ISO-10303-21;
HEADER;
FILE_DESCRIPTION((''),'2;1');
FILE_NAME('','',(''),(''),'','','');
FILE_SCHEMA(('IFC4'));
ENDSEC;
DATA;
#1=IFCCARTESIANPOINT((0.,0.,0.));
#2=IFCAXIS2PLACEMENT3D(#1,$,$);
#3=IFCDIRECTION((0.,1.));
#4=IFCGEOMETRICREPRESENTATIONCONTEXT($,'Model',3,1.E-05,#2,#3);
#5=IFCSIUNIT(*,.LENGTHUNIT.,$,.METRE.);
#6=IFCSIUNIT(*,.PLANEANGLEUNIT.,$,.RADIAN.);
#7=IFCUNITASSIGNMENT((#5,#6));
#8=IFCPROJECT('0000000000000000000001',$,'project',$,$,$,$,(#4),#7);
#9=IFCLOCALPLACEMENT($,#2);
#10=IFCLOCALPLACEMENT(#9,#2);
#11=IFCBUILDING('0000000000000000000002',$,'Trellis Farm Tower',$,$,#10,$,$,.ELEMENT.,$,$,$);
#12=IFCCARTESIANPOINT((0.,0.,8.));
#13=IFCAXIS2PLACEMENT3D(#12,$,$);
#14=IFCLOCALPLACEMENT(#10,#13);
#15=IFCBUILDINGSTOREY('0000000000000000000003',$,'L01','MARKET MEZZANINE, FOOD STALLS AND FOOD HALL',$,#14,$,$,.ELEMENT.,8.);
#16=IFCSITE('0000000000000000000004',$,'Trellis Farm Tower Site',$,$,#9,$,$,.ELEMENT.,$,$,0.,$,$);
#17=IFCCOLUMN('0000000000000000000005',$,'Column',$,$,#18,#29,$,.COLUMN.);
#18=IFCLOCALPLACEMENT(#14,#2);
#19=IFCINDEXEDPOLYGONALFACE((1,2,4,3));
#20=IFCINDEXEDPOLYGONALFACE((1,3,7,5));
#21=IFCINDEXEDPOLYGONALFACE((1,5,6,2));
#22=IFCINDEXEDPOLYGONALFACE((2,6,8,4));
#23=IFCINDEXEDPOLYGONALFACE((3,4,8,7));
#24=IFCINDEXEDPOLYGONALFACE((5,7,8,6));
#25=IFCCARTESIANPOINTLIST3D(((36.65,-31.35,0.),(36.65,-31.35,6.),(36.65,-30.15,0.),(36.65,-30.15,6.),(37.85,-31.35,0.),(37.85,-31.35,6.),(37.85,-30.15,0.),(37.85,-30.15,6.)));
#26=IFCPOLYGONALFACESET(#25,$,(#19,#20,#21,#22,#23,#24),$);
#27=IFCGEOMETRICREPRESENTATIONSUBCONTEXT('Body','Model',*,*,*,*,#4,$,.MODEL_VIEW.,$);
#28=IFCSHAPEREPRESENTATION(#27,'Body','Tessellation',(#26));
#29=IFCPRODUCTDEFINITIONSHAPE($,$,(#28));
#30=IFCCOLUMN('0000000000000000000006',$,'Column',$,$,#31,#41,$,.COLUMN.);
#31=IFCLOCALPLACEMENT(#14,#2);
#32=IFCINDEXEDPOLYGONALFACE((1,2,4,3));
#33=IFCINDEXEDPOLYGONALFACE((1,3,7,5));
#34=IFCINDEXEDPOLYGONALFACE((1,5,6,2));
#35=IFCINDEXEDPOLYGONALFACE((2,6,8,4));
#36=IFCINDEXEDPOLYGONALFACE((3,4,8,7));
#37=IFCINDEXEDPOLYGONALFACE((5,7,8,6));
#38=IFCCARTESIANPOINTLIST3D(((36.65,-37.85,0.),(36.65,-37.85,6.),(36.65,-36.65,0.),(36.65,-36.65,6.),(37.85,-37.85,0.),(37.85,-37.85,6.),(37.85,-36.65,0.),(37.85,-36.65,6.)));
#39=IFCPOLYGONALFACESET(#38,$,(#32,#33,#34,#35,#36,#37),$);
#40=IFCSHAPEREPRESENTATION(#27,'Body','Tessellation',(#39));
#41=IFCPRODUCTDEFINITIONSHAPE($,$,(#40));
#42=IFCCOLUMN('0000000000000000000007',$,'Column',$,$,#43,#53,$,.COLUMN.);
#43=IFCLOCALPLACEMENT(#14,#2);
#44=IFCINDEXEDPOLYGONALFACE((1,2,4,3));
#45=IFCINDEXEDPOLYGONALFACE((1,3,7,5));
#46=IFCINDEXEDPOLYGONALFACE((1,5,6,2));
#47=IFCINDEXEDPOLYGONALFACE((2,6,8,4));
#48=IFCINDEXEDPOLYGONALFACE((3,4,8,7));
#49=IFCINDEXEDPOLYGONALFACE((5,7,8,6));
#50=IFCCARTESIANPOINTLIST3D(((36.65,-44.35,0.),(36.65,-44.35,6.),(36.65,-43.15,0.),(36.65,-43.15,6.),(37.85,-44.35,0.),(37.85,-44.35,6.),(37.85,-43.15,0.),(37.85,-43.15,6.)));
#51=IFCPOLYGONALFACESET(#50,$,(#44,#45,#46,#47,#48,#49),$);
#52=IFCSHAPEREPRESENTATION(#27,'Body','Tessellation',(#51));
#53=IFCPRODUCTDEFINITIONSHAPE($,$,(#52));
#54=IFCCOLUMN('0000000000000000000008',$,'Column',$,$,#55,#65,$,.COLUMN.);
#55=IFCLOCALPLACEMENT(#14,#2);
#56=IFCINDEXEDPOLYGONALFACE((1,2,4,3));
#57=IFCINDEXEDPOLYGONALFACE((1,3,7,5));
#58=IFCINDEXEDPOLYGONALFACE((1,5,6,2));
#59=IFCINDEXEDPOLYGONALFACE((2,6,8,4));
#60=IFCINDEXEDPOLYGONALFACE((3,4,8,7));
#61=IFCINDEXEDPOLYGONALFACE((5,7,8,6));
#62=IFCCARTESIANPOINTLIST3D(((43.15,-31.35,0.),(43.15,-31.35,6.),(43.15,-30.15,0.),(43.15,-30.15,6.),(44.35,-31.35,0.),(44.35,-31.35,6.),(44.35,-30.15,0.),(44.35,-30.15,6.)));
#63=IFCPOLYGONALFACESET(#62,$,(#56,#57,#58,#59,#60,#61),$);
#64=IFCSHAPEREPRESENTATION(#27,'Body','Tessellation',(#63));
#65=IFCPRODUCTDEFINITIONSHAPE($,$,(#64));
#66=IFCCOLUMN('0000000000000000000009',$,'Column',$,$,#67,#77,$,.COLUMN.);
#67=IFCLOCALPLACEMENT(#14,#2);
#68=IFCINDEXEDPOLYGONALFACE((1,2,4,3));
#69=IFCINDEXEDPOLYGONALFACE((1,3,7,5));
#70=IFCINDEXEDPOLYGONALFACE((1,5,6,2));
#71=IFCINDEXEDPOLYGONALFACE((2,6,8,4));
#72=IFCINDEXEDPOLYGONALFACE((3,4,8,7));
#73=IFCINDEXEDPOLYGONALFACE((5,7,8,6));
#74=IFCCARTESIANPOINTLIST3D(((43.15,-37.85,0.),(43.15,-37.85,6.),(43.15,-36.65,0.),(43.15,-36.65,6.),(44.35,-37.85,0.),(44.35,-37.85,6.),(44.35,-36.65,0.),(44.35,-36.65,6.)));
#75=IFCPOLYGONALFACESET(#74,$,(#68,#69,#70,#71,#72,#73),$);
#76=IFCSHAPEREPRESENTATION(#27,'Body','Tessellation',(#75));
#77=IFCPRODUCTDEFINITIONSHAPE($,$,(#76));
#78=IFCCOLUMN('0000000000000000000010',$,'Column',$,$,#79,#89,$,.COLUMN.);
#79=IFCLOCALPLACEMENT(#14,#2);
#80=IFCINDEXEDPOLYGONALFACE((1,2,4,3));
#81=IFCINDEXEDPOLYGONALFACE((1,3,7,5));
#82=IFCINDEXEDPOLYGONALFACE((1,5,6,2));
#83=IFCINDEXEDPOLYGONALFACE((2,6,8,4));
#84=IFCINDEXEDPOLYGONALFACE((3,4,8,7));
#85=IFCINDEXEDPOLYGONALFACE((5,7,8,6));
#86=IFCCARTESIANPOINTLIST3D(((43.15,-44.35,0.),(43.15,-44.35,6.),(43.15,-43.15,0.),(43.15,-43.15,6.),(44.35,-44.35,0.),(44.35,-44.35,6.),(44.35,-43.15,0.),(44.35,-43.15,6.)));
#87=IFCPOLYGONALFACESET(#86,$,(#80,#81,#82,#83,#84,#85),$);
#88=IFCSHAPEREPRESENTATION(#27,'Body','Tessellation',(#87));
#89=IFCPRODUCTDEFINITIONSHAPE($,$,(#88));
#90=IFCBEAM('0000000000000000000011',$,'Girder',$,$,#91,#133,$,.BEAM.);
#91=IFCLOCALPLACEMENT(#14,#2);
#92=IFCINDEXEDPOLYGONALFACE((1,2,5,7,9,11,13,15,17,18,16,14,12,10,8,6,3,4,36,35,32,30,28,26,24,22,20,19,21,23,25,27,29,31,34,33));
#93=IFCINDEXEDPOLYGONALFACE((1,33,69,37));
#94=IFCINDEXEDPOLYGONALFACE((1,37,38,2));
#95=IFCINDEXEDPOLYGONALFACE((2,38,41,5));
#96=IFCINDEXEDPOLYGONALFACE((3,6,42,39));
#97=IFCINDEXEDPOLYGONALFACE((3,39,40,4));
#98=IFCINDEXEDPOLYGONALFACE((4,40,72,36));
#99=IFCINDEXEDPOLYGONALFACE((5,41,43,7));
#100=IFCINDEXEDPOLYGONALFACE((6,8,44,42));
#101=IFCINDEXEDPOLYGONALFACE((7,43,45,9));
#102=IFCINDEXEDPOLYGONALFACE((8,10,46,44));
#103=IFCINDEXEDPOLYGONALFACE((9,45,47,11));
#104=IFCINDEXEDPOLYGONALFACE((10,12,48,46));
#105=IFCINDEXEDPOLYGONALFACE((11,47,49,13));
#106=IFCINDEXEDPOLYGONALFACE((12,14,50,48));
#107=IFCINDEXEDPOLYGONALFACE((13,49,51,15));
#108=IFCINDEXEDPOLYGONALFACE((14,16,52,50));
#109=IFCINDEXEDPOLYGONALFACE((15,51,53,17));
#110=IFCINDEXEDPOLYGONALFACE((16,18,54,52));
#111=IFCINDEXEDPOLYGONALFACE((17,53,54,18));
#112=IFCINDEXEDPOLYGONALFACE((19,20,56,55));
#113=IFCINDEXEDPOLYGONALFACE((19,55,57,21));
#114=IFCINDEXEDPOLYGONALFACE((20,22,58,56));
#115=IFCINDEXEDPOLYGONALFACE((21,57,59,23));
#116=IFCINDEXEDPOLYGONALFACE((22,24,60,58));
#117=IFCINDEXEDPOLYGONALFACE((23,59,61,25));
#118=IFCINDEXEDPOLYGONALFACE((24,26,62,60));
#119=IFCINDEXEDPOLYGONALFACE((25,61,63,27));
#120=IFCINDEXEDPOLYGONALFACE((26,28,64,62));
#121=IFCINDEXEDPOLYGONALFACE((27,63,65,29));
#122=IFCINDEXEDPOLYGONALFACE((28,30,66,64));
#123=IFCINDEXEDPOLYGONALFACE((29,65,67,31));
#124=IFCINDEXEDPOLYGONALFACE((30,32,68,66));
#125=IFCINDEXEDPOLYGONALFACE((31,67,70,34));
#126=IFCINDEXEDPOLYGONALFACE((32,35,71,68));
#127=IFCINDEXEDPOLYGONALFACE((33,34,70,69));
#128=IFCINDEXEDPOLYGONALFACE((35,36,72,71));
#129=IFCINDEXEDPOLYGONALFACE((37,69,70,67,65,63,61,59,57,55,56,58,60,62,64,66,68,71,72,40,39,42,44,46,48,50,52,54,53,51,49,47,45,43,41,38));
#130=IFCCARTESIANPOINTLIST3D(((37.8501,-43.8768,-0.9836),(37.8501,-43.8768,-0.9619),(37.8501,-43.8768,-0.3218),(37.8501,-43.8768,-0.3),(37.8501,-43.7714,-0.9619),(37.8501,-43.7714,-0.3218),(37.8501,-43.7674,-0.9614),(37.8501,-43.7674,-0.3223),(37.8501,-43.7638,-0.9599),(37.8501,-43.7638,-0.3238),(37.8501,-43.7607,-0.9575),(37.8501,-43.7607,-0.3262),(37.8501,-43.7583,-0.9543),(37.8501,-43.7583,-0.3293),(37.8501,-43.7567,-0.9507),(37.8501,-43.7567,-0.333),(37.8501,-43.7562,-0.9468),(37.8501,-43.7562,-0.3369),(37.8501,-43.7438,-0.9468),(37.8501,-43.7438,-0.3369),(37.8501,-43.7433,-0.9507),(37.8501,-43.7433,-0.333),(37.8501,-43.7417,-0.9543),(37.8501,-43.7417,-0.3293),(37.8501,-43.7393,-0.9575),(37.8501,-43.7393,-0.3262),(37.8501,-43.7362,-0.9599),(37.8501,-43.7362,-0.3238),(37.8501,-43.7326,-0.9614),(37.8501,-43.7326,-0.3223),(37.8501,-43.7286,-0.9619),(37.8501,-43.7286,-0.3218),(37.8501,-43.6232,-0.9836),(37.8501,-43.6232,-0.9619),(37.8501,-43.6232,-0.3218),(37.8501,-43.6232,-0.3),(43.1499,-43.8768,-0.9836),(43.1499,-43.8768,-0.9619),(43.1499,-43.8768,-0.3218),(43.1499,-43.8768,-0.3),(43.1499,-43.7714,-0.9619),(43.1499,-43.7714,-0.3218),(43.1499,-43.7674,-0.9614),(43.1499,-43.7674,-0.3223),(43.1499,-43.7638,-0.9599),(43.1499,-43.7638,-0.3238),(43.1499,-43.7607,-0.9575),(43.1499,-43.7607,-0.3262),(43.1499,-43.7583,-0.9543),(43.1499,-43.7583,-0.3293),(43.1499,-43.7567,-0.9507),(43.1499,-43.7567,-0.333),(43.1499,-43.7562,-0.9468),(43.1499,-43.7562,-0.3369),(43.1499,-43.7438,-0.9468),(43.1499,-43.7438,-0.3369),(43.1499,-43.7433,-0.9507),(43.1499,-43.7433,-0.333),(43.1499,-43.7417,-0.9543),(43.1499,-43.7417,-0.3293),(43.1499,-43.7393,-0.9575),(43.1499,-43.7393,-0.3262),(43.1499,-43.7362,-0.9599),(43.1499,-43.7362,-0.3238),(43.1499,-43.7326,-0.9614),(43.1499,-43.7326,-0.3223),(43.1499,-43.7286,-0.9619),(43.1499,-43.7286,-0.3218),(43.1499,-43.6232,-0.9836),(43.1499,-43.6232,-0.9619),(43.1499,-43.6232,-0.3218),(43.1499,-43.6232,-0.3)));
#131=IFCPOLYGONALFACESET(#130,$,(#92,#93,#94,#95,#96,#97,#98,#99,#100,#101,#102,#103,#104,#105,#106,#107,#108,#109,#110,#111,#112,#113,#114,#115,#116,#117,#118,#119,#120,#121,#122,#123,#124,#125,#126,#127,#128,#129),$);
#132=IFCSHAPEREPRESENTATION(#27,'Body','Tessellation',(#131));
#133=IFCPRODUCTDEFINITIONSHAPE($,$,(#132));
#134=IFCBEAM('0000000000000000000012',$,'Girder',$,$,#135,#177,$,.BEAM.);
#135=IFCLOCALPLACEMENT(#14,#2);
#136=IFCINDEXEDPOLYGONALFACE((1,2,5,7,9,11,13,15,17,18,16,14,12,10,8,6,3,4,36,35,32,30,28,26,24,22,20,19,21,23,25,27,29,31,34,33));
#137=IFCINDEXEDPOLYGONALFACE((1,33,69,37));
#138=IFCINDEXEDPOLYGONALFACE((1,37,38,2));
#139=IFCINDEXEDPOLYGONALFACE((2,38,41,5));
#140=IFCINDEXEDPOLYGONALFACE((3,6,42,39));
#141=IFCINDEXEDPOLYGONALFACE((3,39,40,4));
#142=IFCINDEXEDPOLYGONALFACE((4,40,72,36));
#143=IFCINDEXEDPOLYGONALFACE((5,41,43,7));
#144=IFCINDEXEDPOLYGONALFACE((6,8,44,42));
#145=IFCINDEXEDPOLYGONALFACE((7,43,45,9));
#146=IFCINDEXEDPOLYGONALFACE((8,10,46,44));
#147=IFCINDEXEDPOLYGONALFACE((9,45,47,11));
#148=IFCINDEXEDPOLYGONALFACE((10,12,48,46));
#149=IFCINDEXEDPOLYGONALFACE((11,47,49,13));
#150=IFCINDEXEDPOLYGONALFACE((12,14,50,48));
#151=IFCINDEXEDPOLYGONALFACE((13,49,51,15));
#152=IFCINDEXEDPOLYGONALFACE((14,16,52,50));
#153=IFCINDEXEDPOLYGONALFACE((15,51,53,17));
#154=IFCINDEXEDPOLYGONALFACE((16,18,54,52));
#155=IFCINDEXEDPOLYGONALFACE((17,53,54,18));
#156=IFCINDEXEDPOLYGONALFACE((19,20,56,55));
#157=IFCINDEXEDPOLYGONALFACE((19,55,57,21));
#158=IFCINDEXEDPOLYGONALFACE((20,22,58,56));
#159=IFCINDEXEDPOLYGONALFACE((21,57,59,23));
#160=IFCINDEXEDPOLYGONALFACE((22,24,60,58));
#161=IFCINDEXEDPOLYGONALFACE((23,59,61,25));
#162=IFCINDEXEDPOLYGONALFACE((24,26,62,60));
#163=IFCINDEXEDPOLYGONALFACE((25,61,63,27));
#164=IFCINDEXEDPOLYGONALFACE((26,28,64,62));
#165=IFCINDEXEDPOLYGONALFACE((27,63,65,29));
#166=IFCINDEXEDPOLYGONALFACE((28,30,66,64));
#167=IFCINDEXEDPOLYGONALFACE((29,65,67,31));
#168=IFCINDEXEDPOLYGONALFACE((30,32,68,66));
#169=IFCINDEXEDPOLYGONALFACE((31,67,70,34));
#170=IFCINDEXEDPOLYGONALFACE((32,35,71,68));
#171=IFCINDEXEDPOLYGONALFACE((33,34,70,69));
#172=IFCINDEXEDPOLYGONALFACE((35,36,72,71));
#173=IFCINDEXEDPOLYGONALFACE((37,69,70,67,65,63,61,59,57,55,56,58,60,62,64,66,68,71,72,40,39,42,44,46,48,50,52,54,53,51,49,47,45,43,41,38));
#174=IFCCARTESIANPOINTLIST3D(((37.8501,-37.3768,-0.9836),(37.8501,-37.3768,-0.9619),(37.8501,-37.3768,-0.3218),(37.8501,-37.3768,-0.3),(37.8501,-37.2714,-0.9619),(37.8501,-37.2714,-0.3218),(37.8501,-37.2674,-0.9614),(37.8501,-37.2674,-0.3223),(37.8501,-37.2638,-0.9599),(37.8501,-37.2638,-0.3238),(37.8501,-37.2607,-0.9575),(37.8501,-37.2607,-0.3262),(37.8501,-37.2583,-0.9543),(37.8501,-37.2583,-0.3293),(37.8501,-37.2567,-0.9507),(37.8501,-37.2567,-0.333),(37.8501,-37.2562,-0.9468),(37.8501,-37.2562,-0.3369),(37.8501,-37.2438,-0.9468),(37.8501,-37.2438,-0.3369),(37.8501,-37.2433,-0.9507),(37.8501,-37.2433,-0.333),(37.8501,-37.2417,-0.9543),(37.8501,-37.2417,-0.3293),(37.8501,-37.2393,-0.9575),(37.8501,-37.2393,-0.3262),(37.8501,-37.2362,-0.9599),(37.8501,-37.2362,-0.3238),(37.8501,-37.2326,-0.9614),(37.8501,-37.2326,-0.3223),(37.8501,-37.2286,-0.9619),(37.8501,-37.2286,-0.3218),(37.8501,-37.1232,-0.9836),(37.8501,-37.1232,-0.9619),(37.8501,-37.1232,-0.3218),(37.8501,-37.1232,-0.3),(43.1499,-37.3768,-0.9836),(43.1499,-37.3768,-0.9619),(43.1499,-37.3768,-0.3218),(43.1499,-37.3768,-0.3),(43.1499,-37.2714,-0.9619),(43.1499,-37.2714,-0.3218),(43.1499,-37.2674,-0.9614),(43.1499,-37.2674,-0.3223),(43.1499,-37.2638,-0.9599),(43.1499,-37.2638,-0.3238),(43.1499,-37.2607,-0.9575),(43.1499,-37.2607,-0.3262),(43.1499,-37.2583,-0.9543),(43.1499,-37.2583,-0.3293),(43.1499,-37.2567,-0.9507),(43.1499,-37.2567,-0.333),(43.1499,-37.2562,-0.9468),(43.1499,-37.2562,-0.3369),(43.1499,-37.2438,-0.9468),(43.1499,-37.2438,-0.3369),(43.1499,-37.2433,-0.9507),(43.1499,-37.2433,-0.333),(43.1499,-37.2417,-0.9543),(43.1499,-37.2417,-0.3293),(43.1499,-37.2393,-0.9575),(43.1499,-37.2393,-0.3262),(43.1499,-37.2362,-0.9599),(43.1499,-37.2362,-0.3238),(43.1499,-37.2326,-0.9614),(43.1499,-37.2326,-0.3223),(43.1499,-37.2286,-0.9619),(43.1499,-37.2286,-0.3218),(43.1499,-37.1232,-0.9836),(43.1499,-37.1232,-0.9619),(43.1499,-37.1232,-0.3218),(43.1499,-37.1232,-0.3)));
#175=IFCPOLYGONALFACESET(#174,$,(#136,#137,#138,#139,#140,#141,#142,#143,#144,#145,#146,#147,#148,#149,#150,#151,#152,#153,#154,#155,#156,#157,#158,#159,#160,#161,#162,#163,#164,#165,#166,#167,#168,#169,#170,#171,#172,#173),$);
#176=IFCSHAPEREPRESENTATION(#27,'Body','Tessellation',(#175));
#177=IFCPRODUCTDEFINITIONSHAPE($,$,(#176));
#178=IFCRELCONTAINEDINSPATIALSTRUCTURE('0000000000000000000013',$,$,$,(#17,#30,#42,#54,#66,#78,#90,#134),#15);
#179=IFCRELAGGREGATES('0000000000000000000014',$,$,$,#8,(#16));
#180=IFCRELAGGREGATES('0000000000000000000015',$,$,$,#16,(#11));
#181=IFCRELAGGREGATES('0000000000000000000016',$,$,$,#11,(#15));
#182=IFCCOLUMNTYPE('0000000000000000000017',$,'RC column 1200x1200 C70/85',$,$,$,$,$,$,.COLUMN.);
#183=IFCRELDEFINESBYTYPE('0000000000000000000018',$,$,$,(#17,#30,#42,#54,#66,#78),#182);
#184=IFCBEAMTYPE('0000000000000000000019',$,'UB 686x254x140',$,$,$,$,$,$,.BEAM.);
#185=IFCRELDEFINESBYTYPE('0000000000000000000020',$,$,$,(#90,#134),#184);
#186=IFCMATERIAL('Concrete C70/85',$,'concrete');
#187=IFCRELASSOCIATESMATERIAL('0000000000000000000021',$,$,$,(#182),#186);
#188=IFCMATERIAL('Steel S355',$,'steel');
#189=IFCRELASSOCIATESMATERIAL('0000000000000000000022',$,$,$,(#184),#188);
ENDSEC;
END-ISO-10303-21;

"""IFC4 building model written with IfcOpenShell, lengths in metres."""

from ifc_helpers import new_model, si_unit, direction, frame, origin, origin_2d, place, context, subcontext, project, spatial, rectangle, i_section, extrude, source, transform, mapped, material, material_profile, profile_set, type_object, element, save


model = new_model("IFC4")

# Units and contexts
model_context = context("Model", 3, precision=1e-05, world=origin(), true_north=direction((0.0, 1.0)))
body_context = subcontext(model_context, "Body", "Model", "MODEL_VIEW")
ifc_project = project(units=[si_unit("LENGTHUNIT", "METRE"), si_unit("PLANEANGLEUNIT", "RADIAN")], contexts=[model_context])

# Site, building, storey
site_placement = place(None, origin())
site = spatial("IfcSite", under=ifc_project, at=site_placement, Name="Trellis Farm Tower Site", CompositionType="ELEMENT", RefElevation=0.0)
building_placement = place(site_placement, origin())
building = spatial("IfcBuilding", under=site, at=building_placement, Name="Trellis Farm Tower", CompositionType="ELEMENT")
storey_placement = place(building_placement, frame((0.0, 0.0, 8.0)))
storey = spatial("IfcBuildingStorey", under=building, at=storey_placement, Name="L01", Description="MARKET MEZZANINE, FOOD STALLS AND FOOD HALL", CompositionType="ELEMENT", Elevation=8.0)

# Columns
ifc_material_1 = material(Name="Concrete C70/85", Category="concrete")
ifc_material_profile_1 = material_profile(ifc_material_1, rectangle(XDim=1.2, YDim=1.2, at=origin_2d()), Name="RC column 1200x1200 C70/85")
ifc_profile_set_1 = profile_set([ifc_material_profile_1], Name="Concrete C70/85")
column_type = type_object("IfcColumnType", Name="RC column 1200x1200 C70/85", PredefinedType="COLUMN", material=ifc_profile_set_1)
shared_shape_1 = source(origin(), body_context, "Body", "SweptSolid", [
    extrude(rectangle(XDim=1.2, YDim=1.2, at=origin_2d()), origin(), (0.0, 0.0, 1.0), 6.0),
])
for number, where, z_axis, x_axis, name in (
    (1, (37.25, -30.75, 0.0), (0.0, 0.0, 1.0), (1.0, 0.0, 0.0), "Column"),
    (2, (37.25, -37.25, 0.0), (0.0, 0.0, 1.0), (1.0, 0.0, 0.0), "Column"),
    (3, (37.25, -43.75, 0.0), (0.0, 0.0, 1.0), (1.0, 0.0, 0.0), "Column"),
    (4, (43.75, -30.75, 0.0), (0.0, 0.0, 1.0), (1.0, 0.0, 0.0), "Column"),
    (5, (43.75, -37.25, 0.0), (0.0, 0.0, 1.0), (1.0, 0.0, 0.0), "Column"),
    (6, (43.75, -43.75, 0.0), (0.0, 0.0, 1.0), (1.0, 0.0, 0.0), "Column"),
):
    element("IfcColumn", number, at=place(storey_placement, frame(where, z_axis=z_axis, x_axis=x_axis)), inside=storey, type_object=column_type, Name=name, PredefinedType="COLUMN", context=body_context, shape_type="MappedRepresentation", body=[
        mapped(shared_shape_1, transform((0.0, 0.0, 0.0))),
    ])

# Beams
ifc_material_2 = material(Name="Steel S355", Category="steel")
ifc_material_profile_2 = material_profile(ifc_material_2, i_section(OverallWidth=0.2537, OverallDepth=0.6836, WebThickness=0.0125, FlangeThickness=0.0217, FilletRadius=0.0151, at=origin_2d()), Name="UB 686x254x140")
ifc_profile_set_2 = profile_set([ifc_material_profile_2], Name="Steel S355")
beam_type_1 = type_object("IfcBeamType", Name="UB 686x254x140", PredefinedType="BEAM", material=ifc_profile_set_2)
shared_shape_2 = source(origin(), body_context, "Body", "SweptSolid", [
    extrude(i_section(OverallWidth=0.2537, OverallDepth=0.6836, WebThickness=0.0125, FlangeThickness=0.0217, FilletRadius=0.0151, at=origin_2d()), origin(), (0.0, 0.0, 1.0), 5.2998),
])
for number, where, z_axis, x_axis, name in (
    (7, (37.8501, -43.75, -0.6418), (1.0, 0.0, 0.0), (0.0, 1.0, 0.0), "Girder"),
    (8, (37.8501, -37.25, -0.6418), (1.0, 0.0, 0.0), (0.0, 1.0, 0.0), "Girder"),
):
    element("IfcBeam", number, at=place(storey_placement, frame(where, z_axis=z_axis, x_axis=x_axis)), inside=storey, type_object=beam_type_1, Name=name, PredefinedType="BEAM", context=body_context, shape_type="MappedRepresentation", body=[
        mapped(shared_shape_2, transform((0.0, 0.0, 0.0))),
    ])

save(model, "model.ifc")
